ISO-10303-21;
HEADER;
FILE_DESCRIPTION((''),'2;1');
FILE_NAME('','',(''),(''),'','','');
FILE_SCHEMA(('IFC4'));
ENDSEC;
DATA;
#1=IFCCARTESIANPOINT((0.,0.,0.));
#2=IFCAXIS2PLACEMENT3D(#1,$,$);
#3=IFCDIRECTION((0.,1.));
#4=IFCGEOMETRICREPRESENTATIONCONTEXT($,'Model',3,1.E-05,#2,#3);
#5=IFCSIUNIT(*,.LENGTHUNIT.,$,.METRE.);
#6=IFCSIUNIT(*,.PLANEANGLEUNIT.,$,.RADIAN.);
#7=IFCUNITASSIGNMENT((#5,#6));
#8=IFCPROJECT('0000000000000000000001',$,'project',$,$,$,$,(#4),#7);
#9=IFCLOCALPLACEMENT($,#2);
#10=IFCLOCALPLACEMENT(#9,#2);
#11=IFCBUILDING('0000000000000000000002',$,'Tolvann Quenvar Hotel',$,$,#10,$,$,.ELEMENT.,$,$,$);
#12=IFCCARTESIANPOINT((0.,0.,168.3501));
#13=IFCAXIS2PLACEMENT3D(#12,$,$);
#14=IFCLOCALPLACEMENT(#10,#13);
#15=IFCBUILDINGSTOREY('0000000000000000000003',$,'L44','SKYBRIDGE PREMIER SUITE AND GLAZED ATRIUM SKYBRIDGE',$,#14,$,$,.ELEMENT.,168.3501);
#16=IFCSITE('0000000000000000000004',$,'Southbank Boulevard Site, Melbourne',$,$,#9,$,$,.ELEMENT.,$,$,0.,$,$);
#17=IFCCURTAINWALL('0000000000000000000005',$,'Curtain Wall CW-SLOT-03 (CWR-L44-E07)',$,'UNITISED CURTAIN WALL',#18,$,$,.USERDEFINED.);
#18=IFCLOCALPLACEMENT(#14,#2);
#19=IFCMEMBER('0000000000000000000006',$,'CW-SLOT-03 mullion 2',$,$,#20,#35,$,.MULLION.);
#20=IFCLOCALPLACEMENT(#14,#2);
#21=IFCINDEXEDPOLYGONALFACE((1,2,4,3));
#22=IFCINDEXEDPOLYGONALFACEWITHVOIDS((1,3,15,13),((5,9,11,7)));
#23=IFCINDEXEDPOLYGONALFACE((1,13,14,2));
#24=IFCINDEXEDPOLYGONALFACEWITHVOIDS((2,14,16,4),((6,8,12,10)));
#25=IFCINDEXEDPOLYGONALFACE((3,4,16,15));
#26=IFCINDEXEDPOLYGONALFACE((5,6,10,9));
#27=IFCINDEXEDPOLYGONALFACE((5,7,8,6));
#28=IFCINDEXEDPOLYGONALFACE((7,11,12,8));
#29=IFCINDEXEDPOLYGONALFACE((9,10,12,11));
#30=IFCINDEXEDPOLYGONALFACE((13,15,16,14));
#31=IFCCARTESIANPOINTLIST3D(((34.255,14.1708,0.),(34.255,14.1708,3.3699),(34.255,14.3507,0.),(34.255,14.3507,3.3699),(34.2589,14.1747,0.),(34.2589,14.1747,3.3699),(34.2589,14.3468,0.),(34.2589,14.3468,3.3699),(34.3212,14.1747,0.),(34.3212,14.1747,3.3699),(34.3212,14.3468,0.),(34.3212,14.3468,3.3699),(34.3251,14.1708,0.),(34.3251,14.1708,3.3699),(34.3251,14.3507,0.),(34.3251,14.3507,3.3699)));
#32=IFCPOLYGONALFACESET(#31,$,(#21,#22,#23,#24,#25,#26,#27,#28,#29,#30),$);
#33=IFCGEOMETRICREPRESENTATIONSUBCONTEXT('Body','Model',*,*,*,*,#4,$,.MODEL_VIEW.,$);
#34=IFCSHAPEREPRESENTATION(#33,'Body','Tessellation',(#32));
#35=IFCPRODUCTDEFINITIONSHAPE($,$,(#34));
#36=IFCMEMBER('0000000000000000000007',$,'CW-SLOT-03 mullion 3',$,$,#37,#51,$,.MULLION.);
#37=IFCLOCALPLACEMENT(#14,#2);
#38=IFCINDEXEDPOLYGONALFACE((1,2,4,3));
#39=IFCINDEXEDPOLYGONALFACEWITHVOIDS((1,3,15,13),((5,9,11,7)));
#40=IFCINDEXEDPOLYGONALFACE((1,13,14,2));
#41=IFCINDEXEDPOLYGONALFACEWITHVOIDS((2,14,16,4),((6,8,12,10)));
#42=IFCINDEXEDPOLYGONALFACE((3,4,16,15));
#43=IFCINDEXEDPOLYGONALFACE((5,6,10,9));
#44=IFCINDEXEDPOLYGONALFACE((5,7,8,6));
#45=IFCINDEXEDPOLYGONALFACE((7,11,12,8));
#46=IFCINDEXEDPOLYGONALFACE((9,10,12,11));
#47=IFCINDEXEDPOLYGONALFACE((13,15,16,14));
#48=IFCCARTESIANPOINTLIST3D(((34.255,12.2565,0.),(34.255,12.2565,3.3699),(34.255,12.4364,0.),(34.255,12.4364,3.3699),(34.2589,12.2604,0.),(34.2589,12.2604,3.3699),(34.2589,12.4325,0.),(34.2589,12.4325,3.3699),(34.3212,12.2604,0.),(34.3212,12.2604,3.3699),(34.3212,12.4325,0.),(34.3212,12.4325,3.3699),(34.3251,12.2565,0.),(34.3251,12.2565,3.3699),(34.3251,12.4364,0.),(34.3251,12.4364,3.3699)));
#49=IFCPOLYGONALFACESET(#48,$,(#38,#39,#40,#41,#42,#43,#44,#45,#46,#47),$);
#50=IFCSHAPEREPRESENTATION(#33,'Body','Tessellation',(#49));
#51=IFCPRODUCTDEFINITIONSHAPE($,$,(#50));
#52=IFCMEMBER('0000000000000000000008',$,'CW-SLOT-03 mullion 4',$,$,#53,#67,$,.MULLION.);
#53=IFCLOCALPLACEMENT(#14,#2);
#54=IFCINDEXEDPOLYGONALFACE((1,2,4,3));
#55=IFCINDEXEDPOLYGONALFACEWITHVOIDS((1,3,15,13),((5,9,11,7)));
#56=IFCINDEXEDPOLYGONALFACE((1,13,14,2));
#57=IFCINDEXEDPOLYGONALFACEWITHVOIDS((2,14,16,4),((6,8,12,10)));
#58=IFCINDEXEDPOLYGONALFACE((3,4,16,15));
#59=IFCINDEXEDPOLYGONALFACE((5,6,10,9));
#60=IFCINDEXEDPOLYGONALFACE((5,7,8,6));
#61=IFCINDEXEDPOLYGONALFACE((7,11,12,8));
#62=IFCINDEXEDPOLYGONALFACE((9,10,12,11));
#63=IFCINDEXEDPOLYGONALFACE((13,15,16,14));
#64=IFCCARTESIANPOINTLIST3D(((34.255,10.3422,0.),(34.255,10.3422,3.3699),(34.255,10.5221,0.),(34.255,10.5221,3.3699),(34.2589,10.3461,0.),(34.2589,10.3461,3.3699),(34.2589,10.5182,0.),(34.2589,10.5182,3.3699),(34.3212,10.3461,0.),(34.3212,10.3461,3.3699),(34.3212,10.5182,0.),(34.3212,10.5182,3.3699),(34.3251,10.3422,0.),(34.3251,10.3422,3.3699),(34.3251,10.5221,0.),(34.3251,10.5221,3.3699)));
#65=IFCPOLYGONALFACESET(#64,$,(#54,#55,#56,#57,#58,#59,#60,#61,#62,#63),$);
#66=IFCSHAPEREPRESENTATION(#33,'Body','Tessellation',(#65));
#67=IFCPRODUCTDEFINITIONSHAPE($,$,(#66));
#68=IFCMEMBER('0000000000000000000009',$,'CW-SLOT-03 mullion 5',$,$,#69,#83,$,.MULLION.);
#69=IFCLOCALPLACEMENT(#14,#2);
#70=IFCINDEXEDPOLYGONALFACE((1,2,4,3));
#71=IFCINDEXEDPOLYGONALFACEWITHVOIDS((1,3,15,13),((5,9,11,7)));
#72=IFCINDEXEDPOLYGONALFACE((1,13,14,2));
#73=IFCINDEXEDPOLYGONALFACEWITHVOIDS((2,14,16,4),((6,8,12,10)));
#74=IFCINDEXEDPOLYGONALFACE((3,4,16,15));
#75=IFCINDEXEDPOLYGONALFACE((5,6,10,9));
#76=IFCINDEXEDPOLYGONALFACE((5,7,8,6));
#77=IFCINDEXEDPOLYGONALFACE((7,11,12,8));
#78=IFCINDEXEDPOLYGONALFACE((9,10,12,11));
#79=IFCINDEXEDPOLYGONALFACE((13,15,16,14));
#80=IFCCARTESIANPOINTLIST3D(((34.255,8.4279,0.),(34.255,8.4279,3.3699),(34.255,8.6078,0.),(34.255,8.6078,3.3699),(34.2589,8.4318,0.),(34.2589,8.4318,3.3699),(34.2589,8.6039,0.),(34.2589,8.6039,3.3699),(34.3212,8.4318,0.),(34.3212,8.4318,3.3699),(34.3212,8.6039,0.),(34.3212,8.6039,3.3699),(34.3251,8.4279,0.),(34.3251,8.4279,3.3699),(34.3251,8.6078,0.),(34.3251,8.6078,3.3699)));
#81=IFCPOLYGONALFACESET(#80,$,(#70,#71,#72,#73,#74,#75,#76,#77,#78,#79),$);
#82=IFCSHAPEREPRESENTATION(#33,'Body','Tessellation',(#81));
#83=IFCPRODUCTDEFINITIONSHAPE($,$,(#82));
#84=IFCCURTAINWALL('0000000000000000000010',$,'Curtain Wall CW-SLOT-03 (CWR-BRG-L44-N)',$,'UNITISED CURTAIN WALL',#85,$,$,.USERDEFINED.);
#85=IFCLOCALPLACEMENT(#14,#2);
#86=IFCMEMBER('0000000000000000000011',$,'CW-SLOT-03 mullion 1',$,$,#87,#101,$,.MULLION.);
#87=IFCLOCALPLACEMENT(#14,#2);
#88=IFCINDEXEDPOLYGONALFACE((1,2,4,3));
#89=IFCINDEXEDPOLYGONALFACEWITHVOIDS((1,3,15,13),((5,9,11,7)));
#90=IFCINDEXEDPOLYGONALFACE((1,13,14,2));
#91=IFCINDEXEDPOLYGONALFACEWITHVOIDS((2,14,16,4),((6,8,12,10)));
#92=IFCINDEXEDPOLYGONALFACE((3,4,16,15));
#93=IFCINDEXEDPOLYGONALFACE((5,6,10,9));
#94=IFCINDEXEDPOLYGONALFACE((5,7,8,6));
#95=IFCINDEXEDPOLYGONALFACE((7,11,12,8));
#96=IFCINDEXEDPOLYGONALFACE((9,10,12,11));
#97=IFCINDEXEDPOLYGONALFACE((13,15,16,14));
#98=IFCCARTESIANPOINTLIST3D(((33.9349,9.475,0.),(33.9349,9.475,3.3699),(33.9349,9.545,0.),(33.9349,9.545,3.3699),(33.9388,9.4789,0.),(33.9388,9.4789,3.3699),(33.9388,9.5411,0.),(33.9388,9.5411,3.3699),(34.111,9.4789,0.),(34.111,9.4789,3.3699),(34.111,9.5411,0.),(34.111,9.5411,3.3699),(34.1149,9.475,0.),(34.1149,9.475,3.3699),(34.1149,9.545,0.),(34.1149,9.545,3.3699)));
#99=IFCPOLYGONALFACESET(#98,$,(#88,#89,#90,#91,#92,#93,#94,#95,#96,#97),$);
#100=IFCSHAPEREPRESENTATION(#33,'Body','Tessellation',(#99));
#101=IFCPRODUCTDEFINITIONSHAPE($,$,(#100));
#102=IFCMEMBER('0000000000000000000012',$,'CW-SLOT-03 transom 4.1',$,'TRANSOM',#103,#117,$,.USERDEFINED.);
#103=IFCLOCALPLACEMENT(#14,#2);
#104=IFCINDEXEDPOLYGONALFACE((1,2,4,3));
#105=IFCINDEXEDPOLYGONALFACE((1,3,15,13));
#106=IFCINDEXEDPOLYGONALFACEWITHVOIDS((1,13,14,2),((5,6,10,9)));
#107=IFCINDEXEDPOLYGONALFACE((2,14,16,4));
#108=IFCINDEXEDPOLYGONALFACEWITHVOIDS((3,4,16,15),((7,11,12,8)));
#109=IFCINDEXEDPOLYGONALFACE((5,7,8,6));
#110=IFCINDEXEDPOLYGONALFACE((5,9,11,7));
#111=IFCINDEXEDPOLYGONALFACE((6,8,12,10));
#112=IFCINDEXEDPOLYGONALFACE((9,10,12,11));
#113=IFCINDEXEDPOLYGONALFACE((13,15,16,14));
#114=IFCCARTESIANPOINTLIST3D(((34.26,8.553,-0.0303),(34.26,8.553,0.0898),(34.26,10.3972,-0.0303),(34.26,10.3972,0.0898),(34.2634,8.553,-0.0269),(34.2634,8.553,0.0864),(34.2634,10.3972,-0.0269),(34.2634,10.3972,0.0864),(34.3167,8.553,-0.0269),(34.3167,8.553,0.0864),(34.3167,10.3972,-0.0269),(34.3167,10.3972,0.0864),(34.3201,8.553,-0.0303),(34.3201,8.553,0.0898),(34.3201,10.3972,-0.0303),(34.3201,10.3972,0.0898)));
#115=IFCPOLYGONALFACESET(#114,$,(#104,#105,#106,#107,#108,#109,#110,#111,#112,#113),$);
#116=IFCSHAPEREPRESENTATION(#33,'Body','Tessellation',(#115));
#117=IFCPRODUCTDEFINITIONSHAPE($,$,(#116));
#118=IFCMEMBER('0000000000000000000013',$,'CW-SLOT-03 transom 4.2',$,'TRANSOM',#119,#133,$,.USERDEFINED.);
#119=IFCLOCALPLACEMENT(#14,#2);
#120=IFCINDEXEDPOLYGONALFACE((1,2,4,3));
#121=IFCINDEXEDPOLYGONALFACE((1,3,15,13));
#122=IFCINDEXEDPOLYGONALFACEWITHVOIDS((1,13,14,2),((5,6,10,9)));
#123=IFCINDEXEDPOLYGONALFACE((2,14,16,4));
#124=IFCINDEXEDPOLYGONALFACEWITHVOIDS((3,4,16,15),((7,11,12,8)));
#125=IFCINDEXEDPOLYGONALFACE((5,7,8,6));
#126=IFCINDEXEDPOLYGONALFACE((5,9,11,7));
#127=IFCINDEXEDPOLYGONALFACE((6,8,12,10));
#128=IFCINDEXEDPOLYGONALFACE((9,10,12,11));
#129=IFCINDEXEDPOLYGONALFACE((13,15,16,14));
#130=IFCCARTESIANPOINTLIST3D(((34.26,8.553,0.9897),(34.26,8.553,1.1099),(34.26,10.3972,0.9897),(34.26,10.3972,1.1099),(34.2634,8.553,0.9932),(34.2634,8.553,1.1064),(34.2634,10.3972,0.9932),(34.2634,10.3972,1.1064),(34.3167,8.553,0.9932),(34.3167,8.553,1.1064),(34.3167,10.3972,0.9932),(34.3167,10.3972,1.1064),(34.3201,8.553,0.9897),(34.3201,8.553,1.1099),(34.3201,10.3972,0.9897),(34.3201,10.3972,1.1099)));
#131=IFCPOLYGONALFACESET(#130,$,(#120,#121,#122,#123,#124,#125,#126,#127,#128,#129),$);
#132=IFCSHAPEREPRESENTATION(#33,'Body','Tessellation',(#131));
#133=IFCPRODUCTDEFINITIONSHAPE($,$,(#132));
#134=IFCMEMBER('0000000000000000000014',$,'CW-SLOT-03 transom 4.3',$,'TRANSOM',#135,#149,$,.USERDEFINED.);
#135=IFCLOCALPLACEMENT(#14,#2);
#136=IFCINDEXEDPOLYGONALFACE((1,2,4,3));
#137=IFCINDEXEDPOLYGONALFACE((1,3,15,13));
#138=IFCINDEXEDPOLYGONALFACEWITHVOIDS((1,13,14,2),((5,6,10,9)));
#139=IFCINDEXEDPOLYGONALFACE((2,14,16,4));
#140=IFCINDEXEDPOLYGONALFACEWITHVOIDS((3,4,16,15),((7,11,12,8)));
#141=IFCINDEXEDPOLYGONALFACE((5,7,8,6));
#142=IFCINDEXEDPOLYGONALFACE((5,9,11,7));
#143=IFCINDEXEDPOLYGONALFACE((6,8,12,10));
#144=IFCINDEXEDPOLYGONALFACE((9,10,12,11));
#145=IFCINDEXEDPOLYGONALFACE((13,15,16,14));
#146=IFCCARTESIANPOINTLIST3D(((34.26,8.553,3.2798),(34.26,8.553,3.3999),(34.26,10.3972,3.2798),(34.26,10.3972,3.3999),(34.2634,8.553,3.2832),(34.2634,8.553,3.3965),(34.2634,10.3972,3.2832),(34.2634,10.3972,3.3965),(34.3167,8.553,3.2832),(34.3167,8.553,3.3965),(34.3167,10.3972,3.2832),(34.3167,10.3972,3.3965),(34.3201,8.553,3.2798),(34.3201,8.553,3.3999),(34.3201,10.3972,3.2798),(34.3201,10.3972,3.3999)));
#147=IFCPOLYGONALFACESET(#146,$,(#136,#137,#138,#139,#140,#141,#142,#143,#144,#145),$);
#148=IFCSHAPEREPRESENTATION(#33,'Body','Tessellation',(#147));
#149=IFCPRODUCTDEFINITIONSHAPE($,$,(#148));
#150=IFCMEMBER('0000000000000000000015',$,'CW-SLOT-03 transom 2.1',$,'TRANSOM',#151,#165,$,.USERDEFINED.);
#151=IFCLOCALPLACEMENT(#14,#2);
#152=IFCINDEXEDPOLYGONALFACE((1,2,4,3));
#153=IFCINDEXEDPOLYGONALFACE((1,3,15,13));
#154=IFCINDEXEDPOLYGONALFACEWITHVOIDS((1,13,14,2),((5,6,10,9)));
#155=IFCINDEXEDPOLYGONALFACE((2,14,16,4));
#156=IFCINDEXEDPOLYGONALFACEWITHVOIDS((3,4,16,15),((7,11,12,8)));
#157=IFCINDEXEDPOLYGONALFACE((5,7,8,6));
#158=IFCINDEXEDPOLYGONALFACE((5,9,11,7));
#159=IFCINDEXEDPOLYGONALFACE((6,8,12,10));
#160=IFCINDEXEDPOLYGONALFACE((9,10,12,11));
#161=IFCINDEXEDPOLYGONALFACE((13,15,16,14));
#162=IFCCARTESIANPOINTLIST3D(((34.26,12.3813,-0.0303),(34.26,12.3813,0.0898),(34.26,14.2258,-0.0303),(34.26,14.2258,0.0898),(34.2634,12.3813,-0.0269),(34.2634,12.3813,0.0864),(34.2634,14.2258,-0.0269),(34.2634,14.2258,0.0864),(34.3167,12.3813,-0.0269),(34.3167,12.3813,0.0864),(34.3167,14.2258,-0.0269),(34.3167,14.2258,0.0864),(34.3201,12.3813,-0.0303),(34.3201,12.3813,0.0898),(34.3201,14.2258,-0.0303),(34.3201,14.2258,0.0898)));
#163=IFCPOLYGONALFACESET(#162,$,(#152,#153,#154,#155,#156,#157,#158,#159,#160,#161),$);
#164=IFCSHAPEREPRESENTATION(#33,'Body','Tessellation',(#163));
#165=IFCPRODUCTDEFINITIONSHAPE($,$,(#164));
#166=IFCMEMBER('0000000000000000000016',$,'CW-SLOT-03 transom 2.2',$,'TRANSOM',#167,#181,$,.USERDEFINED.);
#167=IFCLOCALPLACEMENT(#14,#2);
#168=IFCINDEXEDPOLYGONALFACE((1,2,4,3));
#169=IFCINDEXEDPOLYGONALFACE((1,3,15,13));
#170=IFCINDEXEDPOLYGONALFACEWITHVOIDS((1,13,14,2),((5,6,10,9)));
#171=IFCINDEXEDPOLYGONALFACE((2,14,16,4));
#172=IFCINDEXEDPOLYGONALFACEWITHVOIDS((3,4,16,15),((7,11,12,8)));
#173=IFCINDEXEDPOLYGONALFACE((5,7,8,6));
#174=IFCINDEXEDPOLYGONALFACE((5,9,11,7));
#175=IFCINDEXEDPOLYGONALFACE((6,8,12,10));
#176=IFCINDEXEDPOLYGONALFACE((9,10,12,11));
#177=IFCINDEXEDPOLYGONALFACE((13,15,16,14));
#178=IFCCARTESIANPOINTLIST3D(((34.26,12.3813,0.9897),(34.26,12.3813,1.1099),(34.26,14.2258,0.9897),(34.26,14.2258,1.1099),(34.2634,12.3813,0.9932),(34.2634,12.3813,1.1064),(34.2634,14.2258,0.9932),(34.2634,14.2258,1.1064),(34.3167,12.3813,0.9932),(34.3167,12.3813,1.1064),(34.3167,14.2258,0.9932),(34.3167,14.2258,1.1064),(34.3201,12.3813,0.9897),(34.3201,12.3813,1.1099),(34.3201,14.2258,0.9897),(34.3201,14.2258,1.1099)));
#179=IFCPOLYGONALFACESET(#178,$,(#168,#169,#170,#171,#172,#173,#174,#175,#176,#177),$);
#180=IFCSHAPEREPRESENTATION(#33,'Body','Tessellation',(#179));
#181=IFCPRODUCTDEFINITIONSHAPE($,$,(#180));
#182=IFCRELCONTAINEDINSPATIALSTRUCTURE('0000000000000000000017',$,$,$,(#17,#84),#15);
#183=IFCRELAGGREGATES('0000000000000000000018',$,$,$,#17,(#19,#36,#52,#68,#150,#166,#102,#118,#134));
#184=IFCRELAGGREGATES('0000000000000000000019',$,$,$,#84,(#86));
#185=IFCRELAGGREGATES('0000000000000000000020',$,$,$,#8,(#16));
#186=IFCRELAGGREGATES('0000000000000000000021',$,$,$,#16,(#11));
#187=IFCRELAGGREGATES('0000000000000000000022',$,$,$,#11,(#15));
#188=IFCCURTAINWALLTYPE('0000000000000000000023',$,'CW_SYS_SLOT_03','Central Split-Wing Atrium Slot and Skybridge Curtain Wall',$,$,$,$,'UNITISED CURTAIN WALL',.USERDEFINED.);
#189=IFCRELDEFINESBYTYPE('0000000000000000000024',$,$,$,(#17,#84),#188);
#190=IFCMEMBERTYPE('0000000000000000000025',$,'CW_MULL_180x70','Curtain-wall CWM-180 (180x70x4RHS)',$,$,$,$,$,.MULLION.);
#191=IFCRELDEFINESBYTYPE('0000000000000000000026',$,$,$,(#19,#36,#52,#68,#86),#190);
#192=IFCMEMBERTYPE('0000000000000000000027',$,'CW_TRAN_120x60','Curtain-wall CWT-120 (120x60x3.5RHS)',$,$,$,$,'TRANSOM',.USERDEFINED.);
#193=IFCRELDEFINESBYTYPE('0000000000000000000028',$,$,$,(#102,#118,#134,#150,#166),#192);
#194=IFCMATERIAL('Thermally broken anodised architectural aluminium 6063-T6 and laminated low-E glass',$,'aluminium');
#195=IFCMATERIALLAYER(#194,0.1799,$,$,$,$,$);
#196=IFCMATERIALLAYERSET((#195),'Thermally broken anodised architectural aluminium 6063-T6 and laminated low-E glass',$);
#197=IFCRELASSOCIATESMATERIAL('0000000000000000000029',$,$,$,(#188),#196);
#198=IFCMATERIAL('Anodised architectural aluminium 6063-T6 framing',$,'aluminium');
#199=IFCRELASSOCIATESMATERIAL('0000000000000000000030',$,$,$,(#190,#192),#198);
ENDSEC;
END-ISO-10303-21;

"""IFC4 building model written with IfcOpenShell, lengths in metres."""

from ifc_helpers import new_model, si_unit, direction, frame, origin, origin_2d, place, context, subcontext, project, spatial, hollow_rectangle, extrude, source, transform, mapped, material, layer, layer_set, material_profile, profile_set, type_object, type_shapes, element, aggregate, save


model = new_model("IFC4")

# Units and contexts
model_context = context("Model", 3, precision=1e-05, world=origin(), true_north=direction((0.0, 1.0)))
body_context = subcontext(model_context, "Body", "Model", "MODEL_VIEW")
ifc_project = project(units=[si_unit("LENGTHUNIT", "METRE"), si_unit("PLANEANGLEUNIT", "RADIAN")], contexts=[model_context])

# Site, building, storey
site_placement = place(None, origin())
site = spatial("IfcSite", under=ifc_project, at=site_placement, Name="Southbank Boulevard Site, Melbourne", CompositionType="ELEMENT", RefElevation=0.0)
building_placement = place(site_placement, origin())
building = spatial("IfcBuilding", under=site, at=building_placement, Name="Tolvann Quenvar Hotel", CompositionType="ELEMENT")
storey_placement = place(building_placement, frame((0.0, 0.0, 168.3501)))
storey = spatial("IfcBuildingStorey", under=building, at=storey_placement, Name="L44", Description="SKYBRIDGE PREMIER SUITE AND GLAZED ATRIUM SKYBRIDGE", CompositionType="ELEMENT", Elevation=168.3501)

# Curtain wall, members
ifc_material_1 = material(Name="Thermally broken anodised architectural aluminium 6063-T6 and laminated low-E glass", Category="aluminium")
ifc_layer_1 = layer(ifc_material_1, 0.1799)
ifc_layer_set_1 = layer_set([ifc_layer_1], Name="Thermally broken anodised architectural aluminium 6063-T6 and laminated low-E glass")
curtain_wall_type = type_object("IfcCurtainWallType", Name="CW_SYS_SLOT_03", Description="Central Split-Wing Atrium Slot and Skybridge Curtain Wall", ElementType="UNITISED CURTAIN WALL", PredefinedType="USERDEFINED", material=ifc_layer_set_1)
curtain_wall_1_placement = place(storey_placement, origin())
curtain_wall_1 = element("IfcCurtainWall", 1, at=curtain_wall_1_placement, inside=storey, type_object=curtain_wall_type, Name="Curtain Wall CW-SLOT-03 (CWR-L44-E07)", ObjectType="UNITISED CURTAIN WALL", PredefinedType="USERDEFINED")
ifc_material_2 = material(Name="Anodised architectural aluminium 6063-T6 framing", Category="aluminium")
ifc_material_profile_1 = material_profile(ifc_material_2, hollow_rectangle(XDim=0.0701, YDim=0.1799, WallThickness=0.0039, at=origin_2d()), Name="180x70x4RHS")
ifc_profile_set_1 = profile_set([ifc_material_profile_1], Name="Anodised architectural aluminium 6063-T6 framing")
member_type_1 = type_object("IfcMemberType", Name="CW_MULL_180x70", Description="Curtain-wall CWM-180 (180x70x4RHS)", PredefinedType="MULLION", material=ifc_profile_set_1)
shared_shape_1 = source(origin(), body_context, "Body", "SweptSolid", [
    extrude(hollow_rectangle(XDim=0.0701, YDim=0.1799, WallThickness=0.0039, at=origin_2d()), origin(), (0.0, 0.0, 1.0), 3.3699),
])
type_shapes(member_type_1, [shared_shape_1])
member_1_placement = place(storey_placement, frame((34.29, 14.2607, 0.0), z_axis=(0.0, 0.0, 1.0), x_axis=(1.0, 0.0, 0.0)))
member_1 = element("IfcMember", 2, at=member_1_placement, type_object=member_type_1, Name="CW-SLOT-03 mullion 2", PredefinedType="MULLION", context=body_context, shape_type="MappedRepresentation", body=[
    mapped(shared_shape_1, transform((0.0, 0.0, 0.0), x_axis=(1.0, 0.0, 0.0), y_axis=(0.0, 1.0, 0.0), z_axis=(0.0, 0.0, 1.0), scale=1.0)),
])
member_2_placement = place(storey_placement, frame((34.29, 12.3464, 0.0), z_axis=(0.0, 0.0, 1.0), x_axis=(1.0, 0.0, 0.0)))
member_2 = element("IfcMember", 3, at=member_2_placement, type_object=member_type_1, Name="CW-SLOT-03 mullion 3", PredefinedType="MULLION", context=body_context, shape_type="MappedRepresentation", body=[
    mapped(shared_shape_1, transform((0.0, 0.0, 0.0), x_axis=(1.0, 0.0, 0.0), y_axis=(0.0, 1.0, 0.0), z_axis=(0.0, 0.0, 1.0), scale=1.0)),
])
member_3_placement = place(storey_placement, frame((34.29, 10.4321, 0.0), z_axis=(0.0, 0.0, 1.0), x_axis=(1.0, 0.0, 0.0)))
member_3 = element("IfcMember", 4, at=member_3_placement, type_object=member_type_1, Name="CW-SLOT-03 mullion 4", PredefinedType="MULLION", context=body_context, shape_type="MappedRepresentation", body=[
    mapped(shared_shape_1, transform((0.0, 0.0, 0.0), x_axis=(1.0, 0.0, 0.0), y_axis=(0.0, 1.0, 0.0), z_axis=(0.0, 0.0, 1.0), scale=1.0)),
])
member_4_placement = place(storey_placement, frame((34.29, 8.5178, 0.0), z_axis=(0.0, 0.0, 1.0), x_axis=(1.0, 0.0, 0.0)))
member_4 = element("IfcMember", 5, at=member_4_placement, type_object=member_type_1, Name="CW-SLOT-03 mullion 5", PredefinedType="MULLION", context=body_context, shape_type="MappedRepresentation", body=[
    mapped(shared_shape_1, transform((0.0, 0.0, 0.0), x_axis=(1.0, 0.0, 0.0), y_axis=(0.0, 1.0, 0.0), z_axis=(0.0, 0.0, 1.0), scale=1.0)),
])

# Curtain wall, member
curtain_wall_2_placement = place(storey_placement, origin())
curtain_wall_2 = element("IfcCurtainWall", 6, at=curtain_wall_2_placement, inside=storey, type_object=curtain_wall_type, Name="Curtain Wall CW-SLOT-03 (CWR-BRG-L44-N)", ObjectType="UNITISED CURTAIN WALL", PredefinedType="USERDEFINED")
member_5_placement = place(storey_placement, frame((34.0249, 9.51, 0.0), z_axis=(0.0, 0.0, 1.0), x_axis=(0.0, -1.0, 0.0)))
member_5 = element("IfcMember", 7, at=member_5_placement, type_object=member_type_1, Name="CW-SLOT-03 mullion 1", PredefinedType="MULLION", context=body_context, shape_type="MappedRepresentation", body=[
    mapped(shared_shape_1, transform((0.0, 0.0, 0.0), x_axis=(1.0, 0.0, 0.0), y_axis=(0.0, 1.0, 0.0), z_axis=(0.0, 0.0, 1.0), scale=1.0)),
])

# Members
ifc_material_profile_2 = material_profile(ifc_material_2, hollow_rectangle(XDim=0.0601, YDim=0.1201, WallThickness=0.0034, at=origin_2d()), Name="120x60x3.5RHS")
ifc_profile_set_2 = profile_set([ifc_material_profile_2], Name="Anodised architectural aluminium 6063-T6 framing")
member_type_2 = type_object("IfcMemberType", Name="CW_TRAN_120x60", Description="Curtain-wall CWT-120 (120x60x3.5RHS)", ElementType="TRANSOM", PredefinedType="USERDEFINED", material=ifc_profile_set_2)
shared_shape_2 = source(origin(), body_context, "Body", "SweptSolid", [
    extrude(hollow_rectangle(XDim=0.0601, YDim=0.1201, WallThickness=0.0034, at=origin_2d()), origin(), (0.0, 0.0, 1.0), 1.8442),
])
member_6_placement = place(storey_placement, frame((34.29, 10.3972, 0.0298), z_axis=(0.0, -1.0, 0.0), x_axis=(1.0, 0.0, 0.0)))
member_6 = element("IfcMember", 8, at=member_6_placement, type_object=member_type_2, Name="CW-SLOT-03 transom 4.1", ObjectType="TRANSOM", PredefinedType="USERDEFINED", context=body_context, shape_type="MappedRepresentation", body=[
    mapped(shared_shape_2, transform((0.0, 0.0, 0.0), x_axis=(1.0, 0.0, 0.0), y_axis=(0.0, 1.0, 0.0), z_axis=(0.0, 0.0, 1.0), scale=1.0)),
])
member_7_placement = place(storey_placement, frame((34.29, 10.3972, 1.0498), z_axis=(0.0, -1.0, 0.0), x_axis=(1.0, 0.0, 0.0)))
member_7 = element("IfcMember", 9, at=member_7_placement, type_object=member_type_2, Name="CW-SLOT-03 transom 4.2", ObjectType="TRANSOM", PredefinedType="USERDEFINED", context=body_context, shape_type="MappedRepresentation", body=[
    mapped(shared_shape_2, transform((0.0, 0.0, 0.0), x_axis=(1.0, 0.0, 0.0), y_axis=(0.0, 1.0, 0.0), z_axis=(0.0, 0.0, 1.0), scale=1.0)),
])
member_8_placement = place(storey_placement, frame((34.29, 10.3972, 3.3398), z_axis=(0.0, -1.0, 0.0), x_axis=(1.0, 0.0, 0.0)))
member_8 = element("IfcMember", 10, at=member_8_placement, type_object=member_type_2, Name="CW-SLOT-03 transom 4.3", ObjectType="TRANSOM", PredefinedType="USERDEFINED", context=body_context, shape_type="MappedRepresentation", body=[
    mapped(shared_shape_2, transform((0.0, 0.0, 0.0), x_axis=(1.0, 0.0, 0.0), y_axis=(0.0, 1.0, 0.0), z_axis=(0.0, 0.0, 1.0), scale=1.0)),
])
shared_shape_3 = source(origin(), body_context, "Body", "SweptSolid", [
    extrude(hollow_rectangle(XDim=0.0601, YDim=0.1201, WallThickness=0.0034, at=origin_2d()), origin(), (0.0, 0.0, 1.0), 1.8445),
])
member_9_placement = place(storey_placement, frame((34.29, 14.2258, 0.0298), z_axis=(0.0, -1.0, 0.0), x_axis=(1.0, 0.0, 0.0)))
member_9 = element("IfcMember", 11, at=member_9_placement, type_object=member_type_2, Name="CW-SLOT-03 transom 2.1", ObjectType="TRANSOM", PredefinedType="USERDEFINED", context=body_context, shape_type="MappedRepresentation", body=[
    mapped(shared_shape_3, transform((0.0, 0.0, 0.0), x_axis=(1.0, 0.0, 0.0), y_axis=(0.0, 1.0, 0.0), z_axis=(0.0, 0.0, 1.0), scale=1.0)),
])
member_10_placement = place(storey_placement, frame((34.29, 14.2258, 1.0498), z_axis=(0.0, -1.0, 0.0), x_axis=(1.0, 0.0, 0.0)))
member_10 = element("IfcMember", 12, at=member_10_placement, type_object=member_type_2, Name="CW-SLOT-03 transom 2.2", ObjectType="TRANSOM", PredefinedType="USERDEFINED", context=body_context, shape_type="MappedRepresentation", body=[
    mapped(shared_shape_3, transform((0.0, 0.0, 0.0), x_axis=(1.0, 0.0, 0.0), y_axis=(0.0, 1.0, 0.0), z_axis=(0.0, 0.0, 1.0), scale=1.0)),
])

aggregate(curtain_wall_1, [member_1, member_2, member_3, member_4, member_9, member_10, member_6, member_7, member_8])
aggregate(curtain_wall_2, [member_5])

save(model, "model.ifc")
